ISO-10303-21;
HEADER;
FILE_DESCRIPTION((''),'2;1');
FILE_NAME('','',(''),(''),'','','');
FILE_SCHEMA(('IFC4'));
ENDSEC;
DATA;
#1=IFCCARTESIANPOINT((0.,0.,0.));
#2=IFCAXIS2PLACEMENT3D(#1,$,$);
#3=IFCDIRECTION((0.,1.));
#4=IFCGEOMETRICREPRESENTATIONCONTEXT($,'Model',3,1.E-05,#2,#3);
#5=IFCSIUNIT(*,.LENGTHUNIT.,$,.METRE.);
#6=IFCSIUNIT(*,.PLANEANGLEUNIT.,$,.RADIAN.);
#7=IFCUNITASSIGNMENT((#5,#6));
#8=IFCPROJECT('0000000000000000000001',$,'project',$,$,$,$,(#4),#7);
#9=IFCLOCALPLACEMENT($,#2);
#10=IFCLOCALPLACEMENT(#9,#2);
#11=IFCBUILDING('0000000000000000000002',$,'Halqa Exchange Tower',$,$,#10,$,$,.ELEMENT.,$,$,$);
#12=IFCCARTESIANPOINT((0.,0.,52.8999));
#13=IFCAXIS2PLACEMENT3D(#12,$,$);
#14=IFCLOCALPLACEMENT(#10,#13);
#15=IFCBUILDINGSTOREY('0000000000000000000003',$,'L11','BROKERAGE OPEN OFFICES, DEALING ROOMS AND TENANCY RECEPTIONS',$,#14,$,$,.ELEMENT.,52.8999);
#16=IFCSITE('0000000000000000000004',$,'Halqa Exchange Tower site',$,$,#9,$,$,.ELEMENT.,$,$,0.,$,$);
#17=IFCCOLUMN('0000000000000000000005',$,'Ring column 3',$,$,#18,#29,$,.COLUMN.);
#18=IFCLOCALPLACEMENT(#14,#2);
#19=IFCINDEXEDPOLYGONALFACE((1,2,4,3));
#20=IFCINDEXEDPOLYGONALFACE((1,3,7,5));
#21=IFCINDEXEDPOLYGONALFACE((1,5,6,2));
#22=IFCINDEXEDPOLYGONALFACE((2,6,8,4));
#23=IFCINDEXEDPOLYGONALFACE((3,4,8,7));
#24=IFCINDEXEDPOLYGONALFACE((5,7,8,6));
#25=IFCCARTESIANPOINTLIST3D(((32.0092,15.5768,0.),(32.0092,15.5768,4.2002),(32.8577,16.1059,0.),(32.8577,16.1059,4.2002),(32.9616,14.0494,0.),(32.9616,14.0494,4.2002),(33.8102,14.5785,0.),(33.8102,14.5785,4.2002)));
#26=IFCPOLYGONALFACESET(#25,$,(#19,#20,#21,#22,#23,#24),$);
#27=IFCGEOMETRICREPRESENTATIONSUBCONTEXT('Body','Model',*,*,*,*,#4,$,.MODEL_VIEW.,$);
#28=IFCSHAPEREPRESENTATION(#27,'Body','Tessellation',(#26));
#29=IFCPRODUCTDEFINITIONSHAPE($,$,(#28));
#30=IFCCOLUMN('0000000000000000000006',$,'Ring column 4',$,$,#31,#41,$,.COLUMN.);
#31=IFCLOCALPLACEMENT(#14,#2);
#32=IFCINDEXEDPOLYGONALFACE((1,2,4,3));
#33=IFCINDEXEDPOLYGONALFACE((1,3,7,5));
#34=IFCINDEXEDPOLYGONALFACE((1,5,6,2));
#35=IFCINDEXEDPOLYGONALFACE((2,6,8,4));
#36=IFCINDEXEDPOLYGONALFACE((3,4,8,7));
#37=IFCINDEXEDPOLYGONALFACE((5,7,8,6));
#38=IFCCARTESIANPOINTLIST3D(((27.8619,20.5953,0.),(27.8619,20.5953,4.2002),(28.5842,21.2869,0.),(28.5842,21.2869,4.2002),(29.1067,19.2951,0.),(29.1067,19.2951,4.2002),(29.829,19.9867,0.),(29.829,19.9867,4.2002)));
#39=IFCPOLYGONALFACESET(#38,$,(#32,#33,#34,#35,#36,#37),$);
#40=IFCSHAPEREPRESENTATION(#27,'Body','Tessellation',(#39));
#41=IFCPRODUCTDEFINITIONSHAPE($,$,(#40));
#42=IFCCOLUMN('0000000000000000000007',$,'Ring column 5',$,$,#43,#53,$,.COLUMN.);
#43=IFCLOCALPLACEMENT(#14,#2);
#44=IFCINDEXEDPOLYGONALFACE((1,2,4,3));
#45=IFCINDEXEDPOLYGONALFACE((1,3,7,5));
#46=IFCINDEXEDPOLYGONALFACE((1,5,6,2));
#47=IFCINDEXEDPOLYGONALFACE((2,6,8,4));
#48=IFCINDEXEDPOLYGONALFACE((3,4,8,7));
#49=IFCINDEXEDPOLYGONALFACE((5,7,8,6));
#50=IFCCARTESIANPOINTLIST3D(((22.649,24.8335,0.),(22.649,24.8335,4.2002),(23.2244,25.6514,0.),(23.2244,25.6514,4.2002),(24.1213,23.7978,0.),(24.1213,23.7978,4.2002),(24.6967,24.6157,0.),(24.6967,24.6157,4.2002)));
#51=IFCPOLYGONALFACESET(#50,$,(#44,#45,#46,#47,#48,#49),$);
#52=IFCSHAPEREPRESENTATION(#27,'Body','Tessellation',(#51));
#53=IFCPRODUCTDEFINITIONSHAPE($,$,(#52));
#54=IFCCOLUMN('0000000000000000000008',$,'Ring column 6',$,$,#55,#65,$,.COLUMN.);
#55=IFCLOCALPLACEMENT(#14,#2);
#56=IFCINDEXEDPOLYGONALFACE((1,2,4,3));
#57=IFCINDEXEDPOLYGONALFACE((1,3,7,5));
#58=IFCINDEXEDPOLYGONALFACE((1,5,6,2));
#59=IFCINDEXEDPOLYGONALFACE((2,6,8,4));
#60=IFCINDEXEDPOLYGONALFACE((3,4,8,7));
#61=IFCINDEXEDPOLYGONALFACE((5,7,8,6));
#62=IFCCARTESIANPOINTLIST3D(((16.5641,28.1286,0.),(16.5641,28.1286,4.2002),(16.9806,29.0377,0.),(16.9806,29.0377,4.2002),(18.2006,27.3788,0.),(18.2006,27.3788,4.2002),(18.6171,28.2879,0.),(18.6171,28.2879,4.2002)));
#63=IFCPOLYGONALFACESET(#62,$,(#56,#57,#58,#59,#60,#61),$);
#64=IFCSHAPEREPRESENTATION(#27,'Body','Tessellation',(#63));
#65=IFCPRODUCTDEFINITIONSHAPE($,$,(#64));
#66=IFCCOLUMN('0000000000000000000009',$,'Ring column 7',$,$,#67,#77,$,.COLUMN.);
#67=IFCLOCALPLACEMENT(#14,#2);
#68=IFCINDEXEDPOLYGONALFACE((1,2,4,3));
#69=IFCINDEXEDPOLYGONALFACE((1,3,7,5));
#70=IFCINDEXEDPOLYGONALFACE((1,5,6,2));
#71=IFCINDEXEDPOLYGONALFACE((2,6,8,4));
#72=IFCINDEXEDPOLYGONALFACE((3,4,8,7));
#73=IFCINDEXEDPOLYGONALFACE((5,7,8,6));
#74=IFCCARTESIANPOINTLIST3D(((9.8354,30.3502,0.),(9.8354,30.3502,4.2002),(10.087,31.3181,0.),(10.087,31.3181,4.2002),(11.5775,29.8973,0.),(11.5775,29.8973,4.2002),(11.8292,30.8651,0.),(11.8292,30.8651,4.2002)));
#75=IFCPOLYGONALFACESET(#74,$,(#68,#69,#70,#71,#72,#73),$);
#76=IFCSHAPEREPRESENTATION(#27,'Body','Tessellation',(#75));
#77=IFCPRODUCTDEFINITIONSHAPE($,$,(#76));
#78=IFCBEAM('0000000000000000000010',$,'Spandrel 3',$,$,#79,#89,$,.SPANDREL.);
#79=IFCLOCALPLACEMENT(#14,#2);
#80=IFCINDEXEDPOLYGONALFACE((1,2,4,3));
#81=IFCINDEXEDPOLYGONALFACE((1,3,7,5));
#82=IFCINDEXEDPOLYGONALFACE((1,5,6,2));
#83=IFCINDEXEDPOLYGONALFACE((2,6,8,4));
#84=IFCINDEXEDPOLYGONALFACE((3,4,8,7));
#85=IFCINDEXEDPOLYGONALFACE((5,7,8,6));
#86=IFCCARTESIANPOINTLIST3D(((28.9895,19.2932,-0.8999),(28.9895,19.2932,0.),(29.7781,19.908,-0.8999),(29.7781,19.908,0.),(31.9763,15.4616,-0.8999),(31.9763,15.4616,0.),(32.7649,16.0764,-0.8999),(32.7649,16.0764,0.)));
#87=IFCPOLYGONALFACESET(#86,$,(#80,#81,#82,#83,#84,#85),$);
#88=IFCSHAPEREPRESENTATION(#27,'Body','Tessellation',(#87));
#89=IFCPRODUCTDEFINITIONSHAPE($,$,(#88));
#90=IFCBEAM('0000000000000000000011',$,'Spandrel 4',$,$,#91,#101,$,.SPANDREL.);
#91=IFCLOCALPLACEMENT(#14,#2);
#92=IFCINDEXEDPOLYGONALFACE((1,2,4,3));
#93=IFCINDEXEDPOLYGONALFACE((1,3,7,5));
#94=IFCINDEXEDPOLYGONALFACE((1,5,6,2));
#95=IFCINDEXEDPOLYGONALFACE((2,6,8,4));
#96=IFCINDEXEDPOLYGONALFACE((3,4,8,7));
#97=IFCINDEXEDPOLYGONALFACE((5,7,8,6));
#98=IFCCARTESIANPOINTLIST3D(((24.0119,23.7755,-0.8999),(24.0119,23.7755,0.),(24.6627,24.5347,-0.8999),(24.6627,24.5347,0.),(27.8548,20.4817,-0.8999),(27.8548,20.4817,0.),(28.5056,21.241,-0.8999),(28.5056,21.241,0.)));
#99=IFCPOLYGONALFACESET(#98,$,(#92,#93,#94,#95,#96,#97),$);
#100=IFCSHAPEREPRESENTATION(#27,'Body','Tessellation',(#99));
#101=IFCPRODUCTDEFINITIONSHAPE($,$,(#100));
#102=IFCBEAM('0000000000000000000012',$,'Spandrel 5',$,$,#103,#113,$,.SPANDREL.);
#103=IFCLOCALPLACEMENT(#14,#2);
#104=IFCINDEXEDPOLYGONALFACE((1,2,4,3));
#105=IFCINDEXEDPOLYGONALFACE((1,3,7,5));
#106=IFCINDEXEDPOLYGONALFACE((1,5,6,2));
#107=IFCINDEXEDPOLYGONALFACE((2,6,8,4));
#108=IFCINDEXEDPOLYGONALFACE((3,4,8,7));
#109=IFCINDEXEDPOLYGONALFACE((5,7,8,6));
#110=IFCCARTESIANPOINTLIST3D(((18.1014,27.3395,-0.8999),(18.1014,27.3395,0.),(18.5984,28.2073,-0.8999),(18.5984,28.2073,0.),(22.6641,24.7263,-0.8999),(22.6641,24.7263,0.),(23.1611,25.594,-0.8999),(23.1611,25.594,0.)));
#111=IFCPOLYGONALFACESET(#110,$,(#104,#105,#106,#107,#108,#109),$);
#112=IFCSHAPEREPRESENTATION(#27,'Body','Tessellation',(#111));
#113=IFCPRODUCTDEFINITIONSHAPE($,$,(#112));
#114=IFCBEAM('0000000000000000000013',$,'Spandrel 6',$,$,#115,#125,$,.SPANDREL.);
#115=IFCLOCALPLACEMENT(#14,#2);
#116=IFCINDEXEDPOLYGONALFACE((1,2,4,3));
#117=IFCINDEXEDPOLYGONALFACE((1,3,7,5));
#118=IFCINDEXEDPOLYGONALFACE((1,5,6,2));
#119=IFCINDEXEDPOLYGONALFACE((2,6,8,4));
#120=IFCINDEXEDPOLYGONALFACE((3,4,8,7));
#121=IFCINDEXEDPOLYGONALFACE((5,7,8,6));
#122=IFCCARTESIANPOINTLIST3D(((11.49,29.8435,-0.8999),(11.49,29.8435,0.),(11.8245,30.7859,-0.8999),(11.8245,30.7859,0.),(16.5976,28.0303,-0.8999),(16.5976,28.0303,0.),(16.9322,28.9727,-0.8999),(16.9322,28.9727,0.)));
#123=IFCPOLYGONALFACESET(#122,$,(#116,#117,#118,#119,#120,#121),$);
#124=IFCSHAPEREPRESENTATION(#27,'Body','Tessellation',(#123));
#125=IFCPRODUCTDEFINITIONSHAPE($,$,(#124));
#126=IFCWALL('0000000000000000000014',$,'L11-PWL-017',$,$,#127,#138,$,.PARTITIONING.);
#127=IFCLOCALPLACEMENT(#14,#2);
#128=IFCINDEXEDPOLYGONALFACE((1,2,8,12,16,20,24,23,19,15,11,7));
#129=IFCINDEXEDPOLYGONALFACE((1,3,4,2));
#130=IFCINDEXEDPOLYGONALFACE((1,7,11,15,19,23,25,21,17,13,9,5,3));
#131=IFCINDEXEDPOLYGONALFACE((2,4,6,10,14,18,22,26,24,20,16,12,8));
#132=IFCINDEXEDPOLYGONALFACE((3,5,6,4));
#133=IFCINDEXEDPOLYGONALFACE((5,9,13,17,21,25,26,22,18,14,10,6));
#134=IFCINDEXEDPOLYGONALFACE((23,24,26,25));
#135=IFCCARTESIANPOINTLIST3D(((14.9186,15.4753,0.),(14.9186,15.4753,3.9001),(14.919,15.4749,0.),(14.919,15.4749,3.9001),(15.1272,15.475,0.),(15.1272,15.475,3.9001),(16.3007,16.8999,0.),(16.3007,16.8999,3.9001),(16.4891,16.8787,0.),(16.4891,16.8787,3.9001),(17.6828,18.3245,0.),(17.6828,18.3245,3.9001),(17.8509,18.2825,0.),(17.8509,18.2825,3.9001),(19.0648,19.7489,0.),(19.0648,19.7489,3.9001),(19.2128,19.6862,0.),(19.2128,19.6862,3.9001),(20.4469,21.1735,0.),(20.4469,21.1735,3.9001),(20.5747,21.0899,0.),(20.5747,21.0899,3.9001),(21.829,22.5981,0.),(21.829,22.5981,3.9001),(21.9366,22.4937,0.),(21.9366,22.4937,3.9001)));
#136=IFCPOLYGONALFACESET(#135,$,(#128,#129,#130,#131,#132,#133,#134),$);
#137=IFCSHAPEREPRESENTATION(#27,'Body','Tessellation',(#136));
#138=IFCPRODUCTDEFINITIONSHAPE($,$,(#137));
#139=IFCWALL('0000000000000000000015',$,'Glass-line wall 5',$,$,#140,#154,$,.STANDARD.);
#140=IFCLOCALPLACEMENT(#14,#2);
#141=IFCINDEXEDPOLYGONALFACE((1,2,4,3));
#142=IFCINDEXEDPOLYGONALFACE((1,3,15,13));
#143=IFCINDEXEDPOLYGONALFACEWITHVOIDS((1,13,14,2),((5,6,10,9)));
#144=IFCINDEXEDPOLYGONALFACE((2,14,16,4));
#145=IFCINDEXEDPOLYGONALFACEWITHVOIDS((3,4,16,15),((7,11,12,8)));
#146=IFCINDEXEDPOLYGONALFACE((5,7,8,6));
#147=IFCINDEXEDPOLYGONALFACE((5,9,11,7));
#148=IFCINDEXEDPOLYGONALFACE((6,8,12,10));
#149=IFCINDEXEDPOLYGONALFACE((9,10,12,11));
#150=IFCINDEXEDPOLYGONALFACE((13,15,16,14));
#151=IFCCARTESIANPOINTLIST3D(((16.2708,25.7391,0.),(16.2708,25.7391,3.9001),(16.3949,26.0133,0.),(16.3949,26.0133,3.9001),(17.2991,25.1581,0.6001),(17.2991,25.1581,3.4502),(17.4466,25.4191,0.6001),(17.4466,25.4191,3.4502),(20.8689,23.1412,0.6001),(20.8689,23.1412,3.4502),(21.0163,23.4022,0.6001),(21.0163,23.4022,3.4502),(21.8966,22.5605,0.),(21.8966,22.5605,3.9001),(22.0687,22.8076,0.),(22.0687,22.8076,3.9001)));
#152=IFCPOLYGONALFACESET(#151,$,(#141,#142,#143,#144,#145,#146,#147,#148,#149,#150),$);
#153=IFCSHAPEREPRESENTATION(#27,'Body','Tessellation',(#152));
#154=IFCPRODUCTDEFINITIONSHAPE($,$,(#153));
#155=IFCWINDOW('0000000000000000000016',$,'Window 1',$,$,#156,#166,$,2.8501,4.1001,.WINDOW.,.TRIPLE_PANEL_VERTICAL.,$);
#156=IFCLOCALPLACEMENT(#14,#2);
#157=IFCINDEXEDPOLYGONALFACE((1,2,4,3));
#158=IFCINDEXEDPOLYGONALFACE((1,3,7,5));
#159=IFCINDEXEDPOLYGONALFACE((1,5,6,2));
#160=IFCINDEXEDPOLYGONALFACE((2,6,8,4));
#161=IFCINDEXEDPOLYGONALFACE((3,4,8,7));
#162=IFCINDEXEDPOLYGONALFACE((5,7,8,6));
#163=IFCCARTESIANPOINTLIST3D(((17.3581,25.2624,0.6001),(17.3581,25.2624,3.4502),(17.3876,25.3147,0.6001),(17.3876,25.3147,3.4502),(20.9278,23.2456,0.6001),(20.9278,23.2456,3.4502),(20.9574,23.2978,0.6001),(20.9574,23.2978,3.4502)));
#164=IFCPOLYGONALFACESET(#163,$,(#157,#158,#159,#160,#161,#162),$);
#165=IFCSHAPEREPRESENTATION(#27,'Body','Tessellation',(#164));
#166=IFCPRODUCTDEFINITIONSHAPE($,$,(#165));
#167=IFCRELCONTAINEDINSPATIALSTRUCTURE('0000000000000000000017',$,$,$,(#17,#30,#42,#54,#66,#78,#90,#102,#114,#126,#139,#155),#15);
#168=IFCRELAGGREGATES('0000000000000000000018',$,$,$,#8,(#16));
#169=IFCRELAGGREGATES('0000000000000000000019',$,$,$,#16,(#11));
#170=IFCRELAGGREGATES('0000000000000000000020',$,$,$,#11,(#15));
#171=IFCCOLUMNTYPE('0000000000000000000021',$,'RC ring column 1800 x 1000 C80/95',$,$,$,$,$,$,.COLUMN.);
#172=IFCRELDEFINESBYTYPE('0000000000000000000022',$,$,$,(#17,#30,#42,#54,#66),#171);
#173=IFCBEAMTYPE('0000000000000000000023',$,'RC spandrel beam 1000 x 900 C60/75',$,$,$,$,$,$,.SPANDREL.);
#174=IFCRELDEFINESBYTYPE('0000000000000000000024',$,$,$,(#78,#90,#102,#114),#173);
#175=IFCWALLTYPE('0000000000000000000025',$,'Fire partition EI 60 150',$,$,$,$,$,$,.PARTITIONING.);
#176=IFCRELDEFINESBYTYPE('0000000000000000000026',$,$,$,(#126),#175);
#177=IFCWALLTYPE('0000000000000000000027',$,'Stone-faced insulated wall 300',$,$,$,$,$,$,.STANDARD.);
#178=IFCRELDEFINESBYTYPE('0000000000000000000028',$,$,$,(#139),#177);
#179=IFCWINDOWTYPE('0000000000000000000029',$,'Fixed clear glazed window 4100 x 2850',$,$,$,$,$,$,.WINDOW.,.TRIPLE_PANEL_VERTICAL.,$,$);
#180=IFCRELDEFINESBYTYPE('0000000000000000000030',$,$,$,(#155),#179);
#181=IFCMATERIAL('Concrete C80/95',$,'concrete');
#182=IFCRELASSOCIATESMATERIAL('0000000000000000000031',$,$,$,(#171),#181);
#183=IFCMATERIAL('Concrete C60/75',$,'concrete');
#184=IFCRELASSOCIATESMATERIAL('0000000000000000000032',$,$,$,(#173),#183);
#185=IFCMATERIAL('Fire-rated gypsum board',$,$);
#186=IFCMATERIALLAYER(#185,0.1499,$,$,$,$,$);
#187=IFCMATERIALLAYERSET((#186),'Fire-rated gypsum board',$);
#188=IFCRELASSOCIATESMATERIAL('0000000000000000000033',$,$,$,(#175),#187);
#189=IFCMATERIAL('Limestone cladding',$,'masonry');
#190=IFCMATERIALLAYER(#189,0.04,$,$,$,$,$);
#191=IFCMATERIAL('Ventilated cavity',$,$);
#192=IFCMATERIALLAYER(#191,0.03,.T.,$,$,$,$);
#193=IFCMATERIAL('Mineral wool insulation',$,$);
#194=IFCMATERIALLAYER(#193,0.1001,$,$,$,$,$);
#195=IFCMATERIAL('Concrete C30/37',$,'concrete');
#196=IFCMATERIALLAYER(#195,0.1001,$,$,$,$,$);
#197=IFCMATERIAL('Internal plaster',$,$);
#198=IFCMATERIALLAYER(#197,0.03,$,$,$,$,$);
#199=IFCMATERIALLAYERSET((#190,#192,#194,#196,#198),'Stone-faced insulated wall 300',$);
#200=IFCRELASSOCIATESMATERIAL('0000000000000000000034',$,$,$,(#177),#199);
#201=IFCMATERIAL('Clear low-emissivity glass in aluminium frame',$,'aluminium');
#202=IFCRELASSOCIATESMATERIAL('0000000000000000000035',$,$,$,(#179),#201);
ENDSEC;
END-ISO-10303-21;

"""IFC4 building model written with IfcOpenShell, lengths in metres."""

from ifc_helpers import new_model, si_unit, direction, frame, frame_2d, origin, origin_2d, place, context, subcontext, project, spatial, polyline, rectangle, outline, extrude, material, layer, layer_set, material_profile, profile_set, type_object, element, fill, save


model = new_model("IFC4")

# Units and contexts
model_context = context("Model", 3, precision=1e-05, world=origin(), true_north=direction((0.0, 1.0)))
body_context = subcontext(model_context, "Body", "Model", "MODEL_VIEW")
ifc_project = project(units=[si_unit("LENGTHUNIT", "METRE"), si_unit("PLANEANGLEUNIT", "RADIAN")], contexts=[model_context])

# Site, building, storey
site_placement = place(None, origin())
site = spatial("IfcSite", under=ifc_project, at=site_placement, Name="Halqa Exchange Tower site", CompositionType="ELEMENT", RefElevation=0.0)
building_placement = place(site_placement, origin())
building = spatial("IfcBuilding", under=site, at=building_placement, Name="Halqa Exchange Tower", CompositionType="ELEMENT")
storey_placement = place(building_placement, frame((0.0, 0.0, 52.8999)))
storey = spatial("IfcBuildingStorey", under=building, at=storey_placement, Name="L11", Description="BROKERAGE OPEN OFFICES, DEALING ROOMS AND TENANCY RECEPTIONS", CompositionType="ELEMENT", Elevation=52.8999)

# Columns
ifc_material_1 = material(Name="Concrete C80/95", Category="concrete")
ifc_material_profile_1 = material_profile(ifc_material_1, rectangle(XDim=1.8, YDim=1.0, at=origin_2d()), Name="1800 x 1000")
ifc_profile_set_1 = profile_set([ifc_material_profile_1], Name="Concrete C80/95")
column_type = type_object("IfcColumnType", Name="RC ring column 1800 x 1000 C80/95", PredefinedType="COLUMN", material=ifc_profile_set_1)
for number, where, z_axis, x_axis, name in (
    (1, (32.9097, 15.0776, 0.0), (0.0, 0.0, 1.0), (-0.529143, 0.848532, 0.0), "Ring column 3"),
    (2, (28.8455, 20.291, 0.0), (0.0, 0.0, 1.0), (-0.691576, 0.722304, 0.0), "Ring column 4"),
    (3, (23.6729, 24.7246, 0.0), (0.0, 0.0, 1.0), (-0.817909, 0.575348, 0.0), "Ring column 5"),
    (4, (17.5906, 28.2083, 0.0), (0.0, 0.0, 1.0), (-0.909127, 0.416519, 0.0), "Ring column 6"),
    (5, (10.8323, 30.6077, 0.0), (0.0, 0.0, 1.0), (-0.96782, 0.251644, 0.0), "Ring column 7"),
):
    element("IfcColumn", number, at=place(storey_placement, frame(where, z_axis=z_axis, x_axis=x_axis)), inside=storey, type_object=column_type, Name=name, PredefinedType="COLUMN", context=body_context, shape_type="SweptSolid", body=[
        extrude(rectangle(XDim=1.8, YDim=1.0, at=origin_2d()), origin(), (0.0, 0.0, 1.0), 4.2002),
    ])

# Beams
ifc_material_2 = material(Name="Concrete C60/75", Category="concrete")
ifc_material_profile_2 = material_profile(ifc_material_2, rectangle(XDim=1.0, YDim=0.8999, at=origin_2d()), Name="1000 x 900")
ifc_profile_set_2 = profile_set([ifc_material_profile_2], Name="Concrete C60/75")
beam_type = type_object("IfcBeamType", Name="RC spandrel beam 1000 x 900 C60/75", PredefinedType="SPANDREL", material=ifc_profile_set_2)
beam_1_placement = place(storey_placement, frame((32.3706, 15.769, -0.45), z_axis=(-0.614803, 0.788681, 0.0), x_axis=(-0.788681, -0.614803, 0.0)))
element("IfcBeam", 6, at=beam_1_placement, inside=storey, type_object=beam_type, Name="Spandrel 3", PredefinedType="SPANDREL", context=body_context, shape_type="SweptSolid", body=[
    extrude(rectangle(XDim=1.0, YDim=0.8999, at=origin_2d()), origin(), (0.0, 0.0, 1.0), 4.8582),
])
beam_2_placement = place(storey_placement, frame((28.1802, 20.8613, -0.45), z_axis=(-0.759267, 0.650779, 0.0), x_axis=(-0.650779, -0.759267, 0.0)))
element("IfcBeam", 7, at=beam_2_placement, inside=storey, type_object=beam_type, Name="Spandrel 4", PredefinedType="SPANDREL", context=body_context, shape_type="SweptSolid", body=[
    extrude(rectangle(XDim=1.0, YDim=0.8999, at=origin_2d()), origin(), (0.0, 0.0, 1.0), 5.0613),
])
beam_3_placement = place(storey_placement, frame((22.9126, 25.1602, -0.45), z_axis=(-0.867751, 0.496999, 0.0), x_axis=(-0.496999, -0.867751, 0.0)))
element("IfcBeam", 8, at=beam_3_placement, inside=storey, type_object=beam_type, Name="Spandrel 5", PredefinedType="SPANDREL", context=body_context, shape_type="SweptSolid", body=[
    extrude(rectangle(XDim=1.0, YDim=0.8999, at=origin_2d()), origin(), (0.0, 0.0, 1.0), 5.2581),
])
beam_4_placement = place(storey_placement, frame((16.7649, 28.5015, -0.45), z_axis=(-0.942379, 0.334547, 0.0), x_axis=(-0.334547, -0.942379, 0.0)))
element("IfcBeam", 9, at=beam_4_placement, inside=storey, type_object=beam_type, Name="Spandrel 6", PredefinedType="SPANDREL", context=body_context, shape_type="SweptSolid", body=[
    extrude(rectangle(XDim=1.0, YDim=0.8999, at=origin_2d()), origin(), (0.0, 0.0, 1.0), 5.4199),
])

# Wall
ifc_material_3 = material(Name="Fire-rated gypsum board")
ifc_layer_1 = layer(ifc_material_3, 0.1499)
ifc_layer_set_1 = layer_set([ifc_layer_1], Name="Fire-rated gypsum board")
wall_type_1 = type_object("IfcWallType", Name="Fire partition EI 60 150", PredefinedType="PARTITIONING", material=ifc_layer_set_1)
wall_1_placement = place(storey_placement, frame((14.9724, 15.4231, 0.0), z_axis=(0.0, 0.0, 1.0), x_axis=(0.696324, 0.717727, 0.0)))
element("IfcWall", 10, at=wall_1_placement, inside=storey, type_object=wall_type_1, Name="L11-PWL-017", PredefinedType="PARTITIONING", context=body_context, shape_type="SweptSolid", body=[
    extrude(outline(polyline([(0.0, 0.075), (0.0, 0.0745), (0.145, -0.075), (2.1008, -0.075), (4.0566, -0.075), (6.0125, -0.075), (7.9683, -0.075), (9.9241, -0.075), (9.9241, 0.075), (7.9392, 0.075), (5.9543, 0.075), (3.9697, 0.075), (1.9849, 0.075), (0.0, 0.075)])), origin(), (0.0, 0.0, 1.0), 3.9001),
])

# Shared definitions
ifc_material_4 = material(Name="Limestone cladding", Category="masonry")
ifc_layer_2 = layer(ifc_material_4, 0.04)
ifc_material_5 = material(Name="Ventilated cavity")
ifc_layer_3 = layer(ifc_material_5, 0.03, ventilated=True)
ifc_material_6 = material(Name="Mineral wool insulation")
ifc_layer_4 = layer(ifc_material_6, 0.1001)
ifc_material_7 = material(Name="Concrete C30/37", Category="concrete")
ifc_layer_5 = layer(ifc_material_7, 0.1001)
ifc_material_8 = material(Name="Internal plaster")
ifc_layer_6 = layer(ifc_material_8, 0.03)
ifc_layer_set_2 = layer_set([ifc_layer_2, ifc_layer_3, ifc_layer_4, ifc_layer_5, ifc_layer_6], Name="Stone-faced insulated wall 300")
wall_type_2 = type_object("IfcWallType", Name="Stone-faced insulated wall 300", PredefinedType="STANDARD", material=ifc_layer_set_2)
ifc_material_9 = material(Name="Clear low-emissivity glass in aluminium frame", Category="aluminium")

# Wall, opening, window
wall_2_placement = place(storey_placement, frame((21.9827, 22.6841, 0.0), z_axis=(0.0, 0.0, 1.0), x_axis=(-0.870648, 0.491907, 0.0)))
wall_2 = element("IfcWall", 11, at=wall_2_placement, inside=storey, type_object=wall_type_2, Name="Glass-line wall 5", PredefinedType="STANDARD", context=body_context, shape_type="SweptSolid", body=[
    extrude(outline(polyline([(-0.0142, -0.1499), (6.5027, -0.1499), (6.4758, 0.1499), (0.0142, 0.1499), (-0.0142, -0.1499)])), origin(), (0.0, 0.0, 1.0), 3.9001),
])
opening_1_placement = place(wall_2_placement, frame((1.1946, 0.0, 0.6001)))
opening_1 = element("IfcOpeningElement", 12, at=opening_1_placement, cuts=wall_2, PredefinedType="OPENING", context=body_context, shape_type="SweptSolid", body=[
    extrude(rectangle(XDim=4.1001, YDim=2.8501, at=frame_2d((2.05, 1.425))), frame((0.0, 0.1621, 0.0), z_axis=(0.0, -1.0, 0.0), x_axis=(1.0, 0.0, 0.0)), (0.0, 0.0, 1.0), 0.324),
])
window_type = type_object("IfcWindowType", Name="Fixed clear glazed window 4100 x 2850", PartitioningType="TRIPLE_PANEL_VERTICAL", PredefinedType="WINDOW", material=ifc_material_9)
window_1_placement = place(opening_1_placement, origin())
window_1 = element("IfcWindow", 13, at=window_1_placement, inside=storey, type_object=window_type, Name="Window 1", OverallHeight=2.8501, OverallWidth=4.1001, PartitioningType="TRIPLE_PANEL_VERTICAL", PredefinedType="WINDOW", context=body_context, shape_type="SweptSolid", body=[
    extrude(rectangle(XDim=4.1001, YDim=2.8501, at=frame_2d((2.05, 1.425))), frame((0.0, 0.03, 0.0), z_axis=(0.0, -1.0, 0.0), x_axis=(1.0, 0.0, 0.0)), (0.0, 0.0, 1.0), 0.0601),
])
fill(opening_1, window_1)

save(model, "model.ifc")
